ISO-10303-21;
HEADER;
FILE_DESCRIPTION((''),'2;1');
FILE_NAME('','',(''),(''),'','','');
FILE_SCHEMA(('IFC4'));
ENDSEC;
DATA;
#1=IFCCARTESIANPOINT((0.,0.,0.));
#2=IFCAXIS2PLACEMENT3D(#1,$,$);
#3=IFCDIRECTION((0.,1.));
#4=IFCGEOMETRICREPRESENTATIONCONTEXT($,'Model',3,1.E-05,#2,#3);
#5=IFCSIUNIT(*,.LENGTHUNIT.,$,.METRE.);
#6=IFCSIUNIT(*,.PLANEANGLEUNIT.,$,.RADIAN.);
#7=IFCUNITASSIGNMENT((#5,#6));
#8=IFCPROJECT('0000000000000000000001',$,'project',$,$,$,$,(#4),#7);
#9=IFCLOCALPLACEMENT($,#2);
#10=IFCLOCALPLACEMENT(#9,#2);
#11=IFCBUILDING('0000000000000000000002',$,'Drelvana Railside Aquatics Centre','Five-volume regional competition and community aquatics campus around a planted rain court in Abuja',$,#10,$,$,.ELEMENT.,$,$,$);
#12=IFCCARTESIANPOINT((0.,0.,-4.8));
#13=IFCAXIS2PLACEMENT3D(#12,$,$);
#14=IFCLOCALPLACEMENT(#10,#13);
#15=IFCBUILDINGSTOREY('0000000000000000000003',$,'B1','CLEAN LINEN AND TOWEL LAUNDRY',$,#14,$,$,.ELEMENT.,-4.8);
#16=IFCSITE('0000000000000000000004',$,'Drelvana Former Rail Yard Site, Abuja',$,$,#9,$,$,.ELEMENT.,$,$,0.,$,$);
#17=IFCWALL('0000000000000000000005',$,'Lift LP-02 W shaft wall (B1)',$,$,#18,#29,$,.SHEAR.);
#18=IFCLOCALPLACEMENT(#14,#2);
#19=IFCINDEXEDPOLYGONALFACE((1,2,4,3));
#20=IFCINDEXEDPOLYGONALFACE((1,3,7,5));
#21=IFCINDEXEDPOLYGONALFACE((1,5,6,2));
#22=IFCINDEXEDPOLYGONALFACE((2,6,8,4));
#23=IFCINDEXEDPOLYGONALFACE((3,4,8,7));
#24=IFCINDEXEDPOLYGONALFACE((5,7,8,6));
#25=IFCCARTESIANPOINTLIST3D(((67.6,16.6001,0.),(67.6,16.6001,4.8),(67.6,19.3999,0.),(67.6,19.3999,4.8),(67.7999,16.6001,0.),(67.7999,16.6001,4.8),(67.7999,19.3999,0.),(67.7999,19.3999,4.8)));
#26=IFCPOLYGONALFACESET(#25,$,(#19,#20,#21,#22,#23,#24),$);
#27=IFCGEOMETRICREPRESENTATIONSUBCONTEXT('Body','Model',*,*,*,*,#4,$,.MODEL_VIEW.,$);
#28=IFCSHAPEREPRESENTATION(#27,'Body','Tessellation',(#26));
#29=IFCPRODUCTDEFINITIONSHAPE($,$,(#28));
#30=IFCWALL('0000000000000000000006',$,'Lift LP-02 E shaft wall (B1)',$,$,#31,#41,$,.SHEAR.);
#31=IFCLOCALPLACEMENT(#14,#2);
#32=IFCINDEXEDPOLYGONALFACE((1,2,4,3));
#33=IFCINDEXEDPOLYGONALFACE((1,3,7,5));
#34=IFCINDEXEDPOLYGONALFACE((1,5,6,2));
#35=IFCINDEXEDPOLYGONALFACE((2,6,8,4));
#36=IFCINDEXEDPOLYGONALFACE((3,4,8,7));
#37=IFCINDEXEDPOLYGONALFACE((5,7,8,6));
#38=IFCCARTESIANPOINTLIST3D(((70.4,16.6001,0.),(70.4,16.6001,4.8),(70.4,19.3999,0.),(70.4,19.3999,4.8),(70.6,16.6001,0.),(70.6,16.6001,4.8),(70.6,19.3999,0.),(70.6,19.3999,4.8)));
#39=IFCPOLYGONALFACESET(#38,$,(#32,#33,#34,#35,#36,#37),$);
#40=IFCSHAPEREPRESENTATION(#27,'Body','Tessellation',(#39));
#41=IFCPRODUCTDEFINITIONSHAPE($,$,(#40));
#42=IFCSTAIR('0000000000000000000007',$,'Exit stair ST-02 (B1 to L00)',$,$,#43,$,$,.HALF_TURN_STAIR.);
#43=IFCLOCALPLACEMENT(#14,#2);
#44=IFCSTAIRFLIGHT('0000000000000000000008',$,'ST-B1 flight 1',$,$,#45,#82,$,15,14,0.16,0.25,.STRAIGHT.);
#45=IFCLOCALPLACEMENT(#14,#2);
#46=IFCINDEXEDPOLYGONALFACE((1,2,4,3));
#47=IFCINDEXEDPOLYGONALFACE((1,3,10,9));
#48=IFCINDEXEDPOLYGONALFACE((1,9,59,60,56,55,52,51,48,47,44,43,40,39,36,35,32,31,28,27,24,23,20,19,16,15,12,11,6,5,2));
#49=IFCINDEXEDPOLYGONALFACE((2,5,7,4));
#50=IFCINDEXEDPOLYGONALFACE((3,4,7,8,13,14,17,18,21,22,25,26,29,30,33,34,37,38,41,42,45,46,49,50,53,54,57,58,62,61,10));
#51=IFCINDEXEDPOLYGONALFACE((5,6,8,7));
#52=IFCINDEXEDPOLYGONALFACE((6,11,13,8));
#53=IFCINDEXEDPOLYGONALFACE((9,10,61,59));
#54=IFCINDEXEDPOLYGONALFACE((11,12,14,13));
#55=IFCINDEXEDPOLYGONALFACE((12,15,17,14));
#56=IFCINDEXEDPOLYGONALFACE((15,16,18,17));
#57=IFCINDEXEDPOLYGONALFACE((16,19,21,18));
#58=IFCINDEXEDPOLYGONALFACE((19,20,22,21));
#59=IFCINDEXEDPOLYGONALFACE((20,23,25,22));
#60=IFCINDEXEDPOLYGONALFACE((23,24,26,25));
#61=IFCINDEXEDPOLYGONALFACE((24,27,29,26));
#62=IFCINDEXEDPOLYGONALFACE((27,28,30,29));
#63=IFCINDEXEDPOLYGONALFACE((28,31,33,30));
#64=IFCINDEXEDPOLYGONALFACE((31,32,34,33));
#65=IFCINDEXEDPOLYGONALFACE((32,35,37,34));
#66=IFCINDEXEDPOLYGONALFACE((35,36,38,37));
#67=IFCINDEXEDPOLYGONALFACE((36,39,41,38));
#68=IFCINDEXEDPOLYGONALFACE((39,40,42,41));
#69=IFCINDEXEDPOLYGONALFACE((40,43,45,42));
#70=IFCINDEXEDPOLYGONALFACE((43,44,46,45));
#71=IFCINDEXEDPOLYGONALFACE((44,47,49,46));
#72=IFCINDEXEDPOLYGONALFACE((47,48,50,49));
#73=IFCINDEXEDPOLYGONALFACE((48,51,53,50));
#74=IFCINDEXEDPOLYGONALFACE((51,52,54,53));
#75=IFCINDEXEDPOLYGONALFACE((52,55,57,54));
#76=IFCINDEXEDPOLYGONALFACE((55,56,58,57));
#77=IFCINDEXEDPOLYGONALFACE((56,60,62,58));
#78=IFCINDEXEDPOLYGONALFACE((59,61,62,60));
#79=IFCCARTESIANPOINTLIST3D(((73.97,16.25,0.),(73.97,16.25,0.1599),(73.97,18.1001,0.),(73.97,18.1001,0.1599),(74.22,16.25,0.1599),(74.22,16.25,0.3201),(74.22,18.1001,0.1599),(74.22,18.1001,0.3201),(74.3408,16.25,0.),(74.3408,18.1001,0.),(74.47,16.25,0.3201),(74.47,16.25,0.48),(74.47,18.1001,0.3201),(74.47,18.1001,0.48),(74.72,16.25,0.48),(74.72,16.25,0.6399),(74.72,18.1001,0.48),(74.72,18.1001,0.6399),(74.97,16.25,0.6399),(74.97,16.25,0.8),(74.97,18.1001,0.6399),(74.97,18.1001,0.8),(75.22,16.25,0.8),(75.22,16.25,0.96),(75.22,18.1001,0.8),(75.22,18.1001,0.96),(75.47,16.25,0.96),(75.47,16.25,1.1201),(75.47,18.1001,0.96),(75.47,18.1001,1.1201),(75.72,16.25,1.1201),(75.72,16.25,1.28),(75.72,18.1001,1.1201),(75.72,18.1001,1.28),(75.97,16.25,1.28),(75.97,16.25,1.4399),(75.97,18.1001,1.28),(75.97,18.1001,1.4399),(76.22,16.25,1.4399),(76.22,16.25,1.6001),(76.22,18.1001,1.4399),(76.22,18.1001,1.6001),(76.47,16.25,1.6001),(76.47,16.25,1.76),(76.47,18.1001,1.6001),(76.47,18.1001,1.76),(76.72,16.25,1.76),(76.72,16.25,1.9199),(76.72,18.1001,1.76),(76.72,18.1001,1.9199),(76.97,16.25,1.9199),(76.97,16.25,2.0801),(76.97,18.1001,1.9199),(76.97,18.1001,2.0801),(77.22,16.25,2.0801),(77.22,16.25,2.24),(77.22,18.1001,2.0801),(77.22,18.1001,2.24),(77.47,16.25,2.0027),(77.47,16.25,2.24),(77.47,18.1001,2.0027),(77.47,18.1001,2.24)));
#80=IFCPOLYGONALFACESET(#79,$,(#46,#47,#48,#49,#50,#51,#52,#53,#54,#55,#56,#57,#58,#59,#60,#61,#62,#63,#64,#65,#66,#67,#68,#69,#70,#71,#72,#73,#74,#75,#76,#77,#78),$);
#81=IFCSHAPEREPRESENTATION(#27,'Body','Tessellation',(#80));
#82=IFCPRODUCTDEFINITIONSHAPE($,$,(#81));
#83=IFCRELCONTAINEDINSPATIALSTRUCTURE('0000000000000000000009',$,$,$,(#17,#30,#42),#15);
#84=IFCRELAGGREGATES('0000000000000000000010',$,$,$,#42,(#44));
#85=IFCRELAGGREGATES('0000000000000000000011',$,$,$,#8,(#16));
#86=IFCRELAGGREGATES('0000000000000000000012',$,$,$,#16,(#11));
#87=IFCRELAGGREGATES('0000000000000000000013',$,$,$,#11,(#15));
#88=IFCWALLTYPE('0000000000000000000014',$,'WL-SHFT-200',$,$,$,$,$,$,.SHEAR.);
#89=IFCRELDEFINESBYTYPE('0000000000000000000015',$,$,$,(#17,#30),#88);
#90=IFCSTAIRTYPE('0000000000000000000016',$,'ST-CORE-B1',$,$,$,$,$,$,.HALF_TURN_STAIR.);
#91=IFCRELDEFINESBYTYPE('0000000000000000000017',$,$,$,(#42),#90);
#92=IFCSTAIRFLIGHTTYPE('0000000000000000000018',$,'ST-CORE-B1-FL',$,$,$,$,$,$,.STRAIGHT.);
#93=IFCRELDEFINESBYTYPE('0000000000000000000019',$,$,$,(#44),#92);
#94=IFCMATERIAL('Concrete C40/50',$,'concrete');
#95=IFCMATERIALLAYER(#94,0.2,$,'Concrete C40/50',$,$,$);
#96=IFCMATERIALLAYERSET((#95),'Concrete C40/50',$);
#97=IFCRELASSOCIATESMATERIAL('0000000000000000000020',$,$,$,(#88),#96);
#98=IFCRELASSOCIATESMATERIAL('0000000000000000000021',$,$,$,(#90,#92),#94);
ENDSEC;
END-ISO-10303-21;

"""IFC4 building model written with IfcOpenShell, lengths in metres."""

from ifc_helpers import new_model, si_unit, direction, frame, frame_2d, origin, place, context, subcontext, project, spatial, polyline, rectangle, outline, extrude, material, layer, layer_set, type_object, element, aggregate, save


model = new_model("IFC4")

# Units and contexts
model_context = context("Model", 3, precision=1e-05, world=origin(), true_north=direction((0.0, 1.0)))
body_context = subcontext(model_context, "Body", "Model", "MODEL_VIEW")
ifc_project = project(units=[si_unit("LENGTHUNIT", "METRE"), si_unit("PLANEANGLEUNIT", "RADIAN")], contexts=[model_context])

# Site, building, storey
site_placement = place(None, origin())
site = spatial("IfcSite", under=ifc_project, at=site_placement, Name="Drelvana Former Rail Yard Site, Abuja", CompositionType="ELEMENT", RefElevation=0.0)
building_placement = place(site_placement, origin())
building = spatial("IfcBuilding", under=site, at=building_placement, Name="Drelvana Railside Aquatics Centre", Description="Five-volume regional competition and community aquatics campus around a planted rain court in Abuja", CompositionType="ELEMENT")
storey_placement = place(building_placement, frame((0.0, 0.0, -4.8)))
storey = spatial("IfcBuildingStorey", under=building, at=storey_placement, Name="B1", Description="CLEAN LINEN AND TOWEL LAUNDRY", CompositionType="ELEMENT", Elevation=-4.8)

# Shared definitions
ifc_material_1 = material(Name="Concrete C40/50", Category="concrete")

# Shared definitions
ifc_layer_1 = layer(ifc_material_1, 0.2, Name="Concrete C40/50")
ifc_layer_set_1 = layer_set([ifc_layer_1], Name="Concrete C40/50")
wall_type_1 = type_object("IfcWallType", Name="WL-SHFT-200", PredefinedType="SHEAR", material=ifc_layer_set_1)

# Walls
for number, where, z_axis, x_axis, name in (
    (1, (67.7, 16.6001, 0.0), (0.0, 0.0, 1.0), (0.0, 1.0, 0.0), "Lift LP-02 W shaft wall (B1)"),
    (2, (70.5, 16.6001, 0.0), (0.0, 0.0, 1.0), (0.0, 1.0, 0.0), "Lift LP-02 E shaft wall (B1)"),
):
    element("IfcWall", number, at=place(storey_placement, frame(where, z_axis=z_axis, x_axis=x_axis)), inside=storey, type_object=wall_type_1, Name=name, PredefinedType="SHEAR", context=body_context, shape_type="SweptSolid", body=[
        extrude(rectangle(XDim=2.7998, YDim=0.2, at=frame_2d((1.3999, 0.0))), origin(), (0.0, 0.0, 1.0), 4.8),
    ])

# Stair, stair flight
stair_type = type_object("IfcStairType", Name="ST-CORE-B1", PredefinedType="HALF_TURN_STAIR", material=ifc_material_1)
stair_placement = place(storey_placement, origin())
stair = element("IfcStair", 3, at=stair_placement, inside=storey, type_object=stair_type, Name="Exit stair ST-02 (B1 to L00)", PredefinedType="HALF_TURN_STAIR")
stair_flight_type = type_object("IfcStairFlightType", Name="ST-CORE-B1-FL", PredefinedType="STRAIGHT", material=ifc_material_1)
stair_flight_placement = place(storey_placement, frame((73.97, 17.175, 0.0), z_axis=(0.0, 0.0, 1.0), x_axis=(1.0, 0.0, 0.0)))
stair_flight = element("IfcStairFlight", 4, at=stair_flight_placement, type_object=stair_flight_type, Name="ST-B1 flight 1", NumberOfRisers=15, NumberOfTreads=14, PredefinedType="STRAIGHT", RiserHeight=0.16, TreadLength=0.25, context=body_context, shape_type="SweptSolid", body=[
    extrude(outline(polyline([(0.0, 0.0), (0.0, 0.1599), (0.25, 0.1599), (0.25, 0.3201), (0.5, 0.3201), (0.5, 0.48), (0.75, 0.48), (0.75, 0.6399), (1.0, 0.6399), (1.0, 0.8), (1.25, 0.8), (1.25, 0.96), (1.5, 0.96), (1.5, 1.1201), (1.75, 1.1201), (1.75, 1.28), (2.0, 1.28), (2.0, 1.4399), (2.25, 1.4399), (2.25, 1.6001), (2.5, 1.6001), (2.5, 1.76), (2.75, 1.76), (2.75, 1.9199), (3.0, 1.9199), (3.0, 2.0801), (3.25, 2.0801), (3.25, 2.24), (3.5, 2.24), (3.5, 2.3999), (3.5, 2.0027), (0.3708, 0.0), (0.0, 0.0)])), frame((0.0, 0.925, 0.0), z_axis=(0.0, -1.0, 0.0), x_axis=(1.0, 0.0, 0.0)), (0.0, 0.0, 1.0), 1.8501),
])
aggregate(stair, [stair_flight])

save(model, "model.ifc")
